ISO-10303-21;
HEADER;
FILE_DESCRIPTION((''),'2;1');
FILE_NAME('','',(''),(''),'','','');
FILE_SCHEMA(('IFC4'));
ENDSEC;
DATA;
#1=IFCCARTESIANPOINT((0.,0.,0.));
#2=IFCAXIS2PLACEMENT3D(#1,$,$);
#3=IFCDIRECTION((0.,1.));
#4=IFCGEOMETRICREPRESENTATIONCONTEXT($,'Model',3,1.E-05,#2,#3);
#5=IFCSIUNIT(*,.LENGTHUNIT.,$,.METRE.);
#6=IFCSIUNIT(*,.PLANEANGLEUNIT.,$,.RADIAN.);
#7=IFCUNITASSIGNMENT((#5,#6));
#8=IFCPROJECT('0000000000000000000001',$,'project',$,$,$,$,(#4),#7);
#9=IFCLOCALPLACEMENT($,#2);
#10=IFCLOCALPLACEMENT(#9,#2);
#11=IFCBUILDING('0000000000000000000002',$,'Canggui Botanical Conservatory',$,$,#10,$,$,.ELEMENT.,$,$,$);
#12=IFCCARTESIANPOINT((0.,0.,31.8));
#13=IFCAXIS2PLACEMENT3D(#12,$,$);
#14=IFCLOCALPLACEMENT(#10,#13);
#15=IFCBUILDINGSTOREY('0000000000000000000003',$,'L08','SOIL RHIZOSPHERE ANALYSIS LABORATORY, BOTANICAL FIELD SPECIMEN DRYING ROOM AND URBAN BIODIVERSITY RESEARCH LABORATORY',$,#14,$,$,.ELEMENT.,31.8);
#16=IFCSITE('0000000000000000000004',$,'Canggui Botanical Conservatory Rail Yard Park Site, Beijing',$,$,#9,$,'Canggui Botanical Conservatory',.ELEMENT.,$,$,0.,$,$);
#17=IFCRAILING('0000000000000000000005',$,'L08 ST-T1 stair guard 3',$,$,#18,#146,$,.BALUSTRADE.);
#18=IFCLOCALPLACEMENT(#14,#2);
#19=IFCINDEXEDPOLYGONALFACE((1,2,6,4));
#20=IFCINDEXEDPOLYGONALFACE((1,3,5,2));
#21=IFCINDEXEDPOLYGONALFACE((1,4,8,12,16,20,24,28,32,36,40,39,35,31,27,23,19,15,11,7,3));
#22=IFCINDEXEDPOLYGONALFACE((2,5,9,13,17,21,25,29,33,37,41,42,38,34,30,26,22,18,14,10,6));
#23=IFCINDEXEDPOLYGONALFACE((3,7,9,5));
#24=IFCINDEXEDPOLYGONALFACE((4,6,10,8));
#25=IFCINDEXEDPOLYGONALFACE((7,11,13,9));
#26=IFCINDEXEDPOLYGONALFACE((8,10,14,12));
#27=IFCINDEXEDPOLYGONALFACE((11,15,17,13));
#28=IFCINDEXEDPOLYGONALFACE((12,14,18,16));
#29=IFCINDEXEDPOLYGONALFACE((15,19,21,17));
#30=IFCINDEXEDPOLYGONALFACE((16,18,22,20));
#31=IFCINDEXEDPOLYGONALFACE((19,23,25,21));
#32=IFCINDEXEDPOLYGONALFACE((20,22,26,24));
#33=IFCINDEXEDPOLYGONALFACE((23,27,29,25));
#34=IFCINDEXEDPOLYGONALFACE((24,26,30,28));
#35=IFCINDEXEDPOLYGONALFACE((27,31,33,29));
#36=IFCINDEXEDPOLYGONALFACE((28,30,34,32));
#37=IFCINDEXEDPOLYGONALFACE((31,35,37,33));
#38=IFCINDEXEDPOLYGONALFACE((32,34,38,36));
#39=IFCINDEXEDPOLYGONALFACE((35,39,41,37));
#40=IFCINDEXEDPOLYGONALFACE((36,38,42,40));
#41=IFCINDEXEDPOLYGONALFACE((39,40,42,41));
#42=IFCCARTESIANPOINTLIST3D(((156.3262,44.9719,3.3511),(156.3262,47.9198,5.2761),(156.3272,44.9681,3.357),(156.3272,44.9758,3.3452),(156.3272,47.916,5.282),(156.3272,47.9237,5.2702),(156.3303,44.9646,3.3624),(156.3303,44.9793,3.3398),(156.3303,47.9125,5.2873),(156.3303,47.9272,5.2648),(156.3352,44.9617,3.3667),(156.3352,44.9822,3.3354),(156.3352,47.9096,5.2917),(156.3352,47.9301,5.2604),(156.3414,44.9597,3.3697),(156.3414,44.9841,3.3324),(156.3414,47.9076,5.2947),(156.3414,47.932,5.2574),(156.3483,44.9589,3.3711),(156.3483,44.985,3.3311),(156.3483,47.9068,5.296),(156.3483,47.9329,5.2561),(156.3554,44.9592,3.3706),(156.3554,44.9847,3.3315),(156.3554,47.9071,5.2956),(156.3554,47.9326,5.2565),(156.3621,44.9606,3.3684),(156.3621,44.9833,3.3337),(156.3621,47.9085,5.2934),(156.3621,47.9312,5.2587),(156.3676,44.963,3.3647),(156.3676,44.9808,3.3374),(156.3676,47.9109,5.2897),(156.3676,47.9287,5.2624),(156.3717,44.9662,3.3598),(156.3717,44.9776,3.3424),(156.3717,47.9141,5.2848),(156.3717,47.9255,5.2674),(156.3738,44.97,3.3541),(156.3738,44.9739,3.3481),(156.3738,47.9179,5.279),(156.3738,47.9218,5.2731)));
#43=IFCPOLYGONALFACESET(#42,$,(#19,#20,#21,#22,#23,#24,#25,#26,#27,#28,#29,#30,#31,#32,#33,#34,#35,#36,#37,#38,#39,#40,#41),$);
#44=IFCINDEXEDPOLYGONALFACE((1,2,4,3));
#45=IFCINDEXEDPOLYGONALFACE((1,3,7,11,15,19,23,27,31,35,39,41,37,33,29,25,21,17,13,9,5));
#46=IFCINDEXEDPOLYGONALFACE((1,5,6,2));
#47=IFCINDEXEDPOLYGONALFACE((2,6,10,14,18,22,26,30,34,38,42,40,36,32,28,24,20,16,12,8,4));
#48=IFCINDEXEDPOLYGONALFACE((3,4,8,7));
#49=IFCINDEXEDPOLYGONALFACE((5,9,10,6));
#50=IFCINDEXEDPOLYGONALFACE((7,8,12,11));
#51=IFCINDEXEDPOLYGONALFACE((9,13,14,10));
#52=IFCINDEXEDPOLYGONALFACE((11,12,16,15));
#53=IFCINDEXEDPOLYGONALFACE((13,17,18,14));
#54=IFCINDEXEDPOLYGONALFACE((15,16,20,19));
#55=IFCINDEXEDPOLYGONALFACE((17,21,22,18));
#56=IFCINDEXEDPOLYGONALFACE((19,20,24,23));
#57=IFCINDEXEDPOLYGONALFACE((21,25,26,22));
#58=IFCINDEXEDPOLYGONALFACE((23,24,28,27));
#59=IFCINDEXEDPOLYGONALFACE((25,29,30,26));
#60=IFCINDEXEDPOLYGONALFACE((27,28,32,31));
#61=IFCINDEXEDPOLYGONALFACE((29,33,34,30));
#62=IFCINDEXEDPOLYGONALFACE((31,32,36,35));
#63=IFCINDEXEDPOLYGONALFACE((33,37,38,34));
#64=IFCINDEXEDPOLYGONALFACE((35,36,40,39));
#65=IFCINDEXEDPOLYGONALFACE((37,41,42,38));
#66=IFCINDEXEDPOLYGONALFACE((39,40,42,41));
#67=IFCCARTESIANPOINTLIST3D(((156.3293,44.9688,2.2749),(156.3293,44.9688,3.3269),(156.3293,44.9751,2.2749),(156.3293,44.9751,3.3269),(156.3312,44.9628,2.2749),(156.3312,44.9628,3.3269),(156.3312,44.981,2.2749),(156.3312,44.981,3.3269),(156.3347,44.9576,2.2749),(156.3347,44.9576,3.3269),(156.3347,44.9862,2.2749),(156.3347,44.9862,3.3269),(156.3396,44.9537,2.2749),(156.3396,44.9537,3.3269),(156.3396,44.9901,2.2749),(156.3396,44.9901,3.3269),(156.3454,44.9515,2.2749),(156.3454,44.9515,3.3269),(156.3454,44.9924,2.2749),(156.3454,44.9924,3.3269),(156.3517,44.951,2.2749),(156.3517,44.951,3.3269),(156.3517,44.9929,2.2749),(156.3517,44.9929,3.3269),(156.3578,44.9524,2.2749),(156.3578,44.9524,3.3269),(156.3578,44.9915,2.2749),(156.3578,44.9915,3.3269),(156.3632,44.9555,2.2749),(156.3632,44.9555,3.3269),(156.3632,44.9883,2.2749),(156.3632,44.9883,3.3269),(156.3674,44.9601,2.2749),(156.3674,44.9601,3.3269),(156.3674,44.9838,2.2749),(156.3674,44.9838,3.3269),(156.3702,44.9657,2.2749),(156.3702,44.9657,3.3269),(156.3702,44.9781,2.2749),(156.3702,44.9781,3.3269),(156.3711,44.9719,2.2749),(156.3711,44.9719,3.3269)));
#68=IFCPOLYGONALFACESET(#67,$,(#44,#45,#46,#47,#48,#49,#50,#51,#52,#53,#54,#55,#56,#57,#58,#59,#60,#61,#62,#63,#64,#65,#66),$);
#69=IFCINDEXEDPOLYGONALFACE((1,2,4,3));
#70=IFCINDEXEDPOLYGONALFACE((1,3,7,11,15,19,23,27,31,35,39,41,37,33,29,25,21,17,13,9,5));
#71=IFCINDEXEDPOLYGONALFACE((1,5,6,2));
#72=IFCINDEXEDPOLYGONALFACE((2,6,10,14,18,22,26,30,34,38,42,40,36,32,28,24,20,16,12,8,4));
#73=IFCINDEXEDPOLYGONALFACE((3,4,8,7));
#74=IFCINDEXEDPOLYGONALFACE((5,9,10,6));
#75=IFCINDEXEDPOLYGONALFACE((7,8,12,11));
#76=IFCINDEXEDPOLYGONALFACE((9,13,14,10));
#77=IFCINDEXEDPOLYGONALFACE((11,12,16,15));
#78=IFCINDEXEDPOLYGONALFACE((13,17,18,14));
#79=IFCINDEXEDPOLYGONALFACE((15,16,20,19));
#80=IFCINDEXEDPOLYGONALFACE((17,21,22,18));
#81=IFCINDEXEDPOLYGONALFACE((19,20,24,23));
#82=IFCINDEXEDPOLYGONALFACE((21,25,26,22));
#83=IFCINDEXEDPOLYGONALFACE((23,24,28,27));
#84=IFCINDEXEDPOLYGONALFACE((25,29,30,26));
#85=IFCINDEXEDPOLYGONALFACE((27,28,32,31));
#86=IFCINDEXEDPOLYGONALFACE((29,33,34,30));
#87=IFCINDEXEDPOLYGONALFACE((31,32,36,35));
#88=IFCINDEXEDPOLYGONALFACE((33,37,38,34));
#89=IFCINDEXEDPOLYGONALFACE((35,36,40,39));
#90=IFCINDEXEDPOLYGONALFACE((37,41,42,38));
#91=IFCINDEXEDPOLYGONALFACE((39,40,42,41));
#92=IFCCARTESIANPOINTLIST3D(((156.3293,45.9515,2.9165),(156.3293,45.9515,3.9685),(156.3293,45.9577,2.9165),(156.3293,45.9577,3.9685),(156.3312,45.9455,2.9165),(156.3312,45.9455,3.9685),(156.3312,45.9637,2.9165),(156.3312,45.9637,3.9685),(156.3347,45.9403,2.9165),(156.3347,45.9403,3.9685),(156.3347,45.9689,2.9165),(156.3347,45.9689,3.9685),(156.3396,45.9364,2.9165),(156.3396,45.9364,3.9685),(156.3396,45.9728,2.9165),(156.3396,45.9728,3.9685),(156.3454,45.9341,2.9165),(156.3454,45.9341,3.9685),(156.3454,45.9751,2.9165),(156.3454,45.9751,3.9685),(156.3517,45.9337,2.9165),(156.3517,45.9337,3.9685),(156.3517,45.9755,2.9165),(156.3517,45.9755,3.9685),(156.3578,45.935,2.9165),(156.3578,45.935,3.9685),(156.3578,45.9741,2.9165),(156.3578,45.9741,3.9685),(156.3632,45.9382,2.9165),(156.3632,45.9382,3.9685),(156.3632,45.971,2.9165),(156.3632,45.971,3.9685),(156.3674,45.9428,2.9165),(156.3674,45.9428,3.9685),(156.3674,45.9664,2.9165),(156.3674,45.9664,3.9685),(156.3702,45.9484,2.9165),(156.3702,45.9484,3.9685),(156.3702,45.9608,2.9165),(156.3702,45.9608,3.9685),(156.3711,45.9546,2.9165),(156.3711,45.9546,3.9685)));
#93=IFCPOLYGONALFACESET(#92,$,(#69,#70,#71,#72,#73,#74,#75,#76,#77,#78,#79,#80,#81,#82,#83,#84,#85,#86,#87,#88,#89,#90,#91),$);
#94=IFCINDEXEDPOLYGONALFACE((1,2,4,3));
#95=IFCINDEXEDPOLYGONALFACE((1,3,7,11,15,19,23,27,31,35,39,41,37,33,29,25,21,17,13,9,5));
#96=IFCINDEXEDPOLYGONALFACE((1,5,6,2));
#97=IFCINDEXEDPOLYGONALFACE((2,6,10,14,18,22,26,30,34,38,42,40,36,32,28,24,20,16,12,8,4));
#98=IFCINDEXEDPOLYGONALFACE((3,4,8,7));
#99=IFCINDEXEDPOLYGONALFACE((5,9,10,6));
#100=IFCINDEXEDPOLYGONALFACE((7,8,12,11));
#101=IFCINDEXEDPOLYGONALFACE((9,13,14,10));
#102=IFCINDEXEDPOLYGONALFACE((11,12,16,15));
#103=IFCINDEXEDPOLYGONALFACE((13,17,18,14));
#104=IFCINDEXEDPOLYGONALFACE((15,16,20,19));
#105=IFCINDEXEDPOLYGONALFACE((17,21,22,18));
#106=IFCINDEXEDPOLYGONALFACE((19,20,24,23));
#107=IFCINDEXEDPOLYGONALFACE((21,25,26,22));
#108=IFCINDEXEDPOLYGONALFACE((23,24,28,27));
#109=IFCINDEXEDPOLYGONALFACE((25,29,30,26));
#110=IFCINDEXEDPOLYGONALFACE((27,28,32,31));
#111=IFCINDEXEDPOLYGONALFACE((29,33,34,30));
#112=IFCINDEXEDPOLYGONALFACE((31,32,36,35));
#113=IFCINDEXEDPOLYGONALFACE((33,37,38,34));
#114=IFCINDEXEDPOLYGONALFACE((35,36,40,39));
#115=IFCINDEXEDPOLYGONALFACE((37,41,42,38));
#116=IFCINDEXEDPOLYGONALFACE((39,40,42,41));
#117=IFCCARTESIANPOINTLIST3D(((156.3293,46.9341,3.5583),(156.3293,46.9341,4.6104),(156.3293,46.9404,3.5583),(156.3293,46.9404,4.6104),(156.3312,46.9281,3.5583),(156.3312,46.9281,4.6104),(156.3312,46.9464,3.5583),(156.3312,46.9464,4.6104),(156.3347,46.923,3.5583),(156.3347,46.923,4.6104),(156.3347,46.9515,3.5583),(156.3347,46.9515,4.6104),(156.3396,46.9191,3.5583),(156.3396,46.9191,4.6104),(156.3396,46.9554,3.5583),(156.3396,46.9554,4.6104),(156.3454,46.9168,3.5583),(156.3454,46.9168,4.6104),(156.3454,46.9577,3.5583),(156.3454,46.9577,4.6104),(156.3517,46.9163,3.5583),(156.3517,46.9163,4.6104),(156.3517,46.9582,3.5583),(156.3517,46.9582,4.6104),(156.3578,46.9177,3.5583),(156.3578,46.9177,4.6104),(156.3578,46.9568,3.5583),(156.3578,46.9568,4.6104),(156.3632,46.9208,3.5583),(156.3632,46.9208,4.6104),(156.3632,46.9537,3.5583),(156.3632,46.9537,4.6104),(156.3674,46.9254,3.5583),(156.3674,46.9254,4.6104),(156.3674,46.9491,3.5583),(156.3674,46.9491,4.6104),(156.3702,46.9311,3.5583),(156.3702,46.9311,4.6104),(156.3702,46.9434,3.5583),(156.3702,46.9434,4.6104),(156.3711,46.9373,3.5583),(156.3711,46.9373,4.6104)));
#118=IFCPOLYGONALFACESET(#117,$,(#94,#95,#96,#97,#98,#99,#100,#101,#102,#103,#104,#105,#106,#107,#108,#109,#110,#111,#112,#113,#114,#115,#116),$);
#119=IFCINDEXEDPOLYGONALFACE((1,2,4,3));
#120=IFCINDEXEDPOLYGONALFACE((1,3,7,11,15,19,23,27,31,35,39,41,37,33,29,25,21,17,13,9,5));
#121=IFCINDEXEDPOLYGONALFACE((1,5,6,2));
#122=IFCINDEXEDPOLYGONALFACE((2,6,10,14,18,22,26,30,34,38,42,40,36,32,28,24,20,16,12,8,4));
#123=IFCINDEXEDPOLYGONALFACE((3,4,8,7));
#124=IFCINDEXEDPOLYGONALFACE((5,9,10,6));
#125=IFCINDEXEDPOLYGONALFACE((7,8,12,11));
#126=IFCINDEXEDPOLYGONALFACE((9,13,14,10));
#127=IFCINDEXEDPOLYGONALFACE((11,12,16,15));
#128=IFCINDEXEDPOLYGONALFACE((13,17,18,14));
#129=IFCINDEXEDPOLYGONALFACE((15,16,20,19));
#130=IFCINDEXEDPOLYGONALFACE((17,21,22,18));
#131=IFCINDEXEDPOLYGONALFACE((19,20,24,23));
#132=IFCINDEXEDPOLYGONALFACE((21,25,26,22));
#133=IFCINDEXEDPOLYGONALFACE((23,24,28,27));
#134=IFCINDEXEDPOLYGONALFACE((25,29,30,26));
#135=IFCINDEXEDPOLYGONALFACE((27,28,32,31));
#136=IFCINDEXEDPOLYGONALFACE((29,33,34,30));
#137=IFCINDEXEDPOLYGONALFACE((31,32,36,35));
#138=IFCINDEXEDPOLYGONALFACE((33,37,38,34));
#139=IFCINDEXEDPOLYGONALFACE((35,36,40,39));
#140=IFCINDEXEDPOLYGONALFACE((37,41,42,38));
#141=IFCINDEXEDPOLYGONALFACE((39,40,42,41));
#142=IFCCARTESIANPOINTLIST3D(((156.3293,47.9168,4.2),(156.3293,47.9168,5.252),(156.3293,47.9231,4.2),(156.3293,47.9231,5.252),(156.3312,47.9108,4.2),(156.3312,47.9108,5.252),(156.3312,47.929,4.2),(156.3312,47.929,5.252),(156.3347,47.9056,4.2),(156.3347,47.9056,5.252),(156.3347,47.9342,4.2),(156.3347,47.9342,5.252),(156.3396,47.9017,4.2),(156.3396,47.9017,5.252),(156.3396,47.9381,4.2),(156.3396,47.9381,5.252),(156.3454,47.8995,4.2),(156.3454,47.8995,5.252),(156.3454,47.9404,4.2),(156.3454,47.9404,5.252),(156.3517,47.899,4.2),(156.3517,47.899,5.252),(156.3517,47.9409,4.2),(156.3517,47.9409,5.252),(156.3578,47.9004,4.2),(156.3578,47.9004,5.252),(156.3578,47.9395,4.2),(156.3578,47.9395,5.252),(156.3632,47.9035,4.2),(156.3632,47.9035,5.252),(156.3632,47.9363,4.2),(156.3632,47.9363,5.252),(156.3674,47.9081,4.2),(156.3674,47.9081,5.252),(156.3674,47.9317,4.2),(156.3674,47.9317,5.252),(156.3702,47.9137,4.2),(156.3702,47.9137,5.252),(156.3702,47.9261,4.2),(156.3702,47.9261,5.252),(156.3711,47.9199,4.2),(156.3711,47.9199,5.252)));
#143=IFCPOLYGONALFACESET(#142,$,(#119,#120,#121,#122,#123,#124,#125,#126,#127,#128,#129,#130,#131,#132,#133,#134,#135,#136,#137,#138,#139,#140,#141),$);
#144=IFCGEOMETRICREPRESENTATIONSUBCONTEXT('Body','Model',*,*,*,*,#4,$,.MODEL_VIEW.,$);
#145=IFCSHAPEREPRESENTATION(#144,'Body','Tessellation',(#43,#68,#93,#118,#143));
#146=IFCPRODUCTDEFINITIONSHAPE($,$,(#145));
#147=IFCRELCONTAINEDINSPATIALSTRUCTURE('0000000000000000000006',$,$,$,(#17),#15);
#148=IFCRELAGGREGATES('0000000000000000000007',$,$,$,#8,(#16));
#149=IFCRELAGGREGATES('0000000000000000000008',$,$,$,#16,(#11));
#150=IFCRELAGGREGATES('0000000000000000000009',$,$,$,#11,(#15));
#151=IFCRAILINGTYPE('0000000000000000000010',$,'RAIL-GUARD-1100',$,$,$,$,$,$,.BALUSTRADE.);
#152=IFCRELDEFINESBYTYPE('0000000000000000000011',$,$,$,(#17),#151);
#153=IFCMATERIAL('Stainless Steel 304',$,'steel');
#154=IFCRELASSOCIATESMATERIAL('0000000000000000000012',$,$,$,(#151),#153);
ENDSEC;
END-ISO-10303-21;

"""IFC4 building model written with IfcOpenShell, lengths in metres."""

from ifc_helpers import new_model, si_unit, direction, frame, origin, origin_2d, place, context, subcontext, project, spatial, circle, extrude, material, type_object, element, save


model = new_model("IFC4")

# Units and contexts
model_context = context("Model", 3, precision=1e-05, world=origin(), true_north=direction((0.0, 1.0)))
body_context = subcontext(model_context, "Body", "Model", "MODEL_VIEW")
ifc_project = project(units=[si_unit("LENGTHUNIT", "METRE"), si_unit("PLANEANGLEUNIT", "RADIAN")], contexts=[model_context])

# Site, building, storey
site_placement = place(None, origin())
site = spatial("IfcSite", under=ifc_project, at=site_placement, Name="Canggui Botanical Conservatory Rail Yard Park Site, Beijing", LongName="Canggui Botanical Conservatory", CompositionType="ELEMENT", RefElevation=0.0)
building_placement = place(site_placement, origin())
building = spatial("IfcBuilding", under=site, at=building_placement, Name="Canggui Botanical Conservatory", CompositionType="ELEMENT")
storey_placement = place(building_placement, frame((0.0, 0.0, 31.8)))
storey = spatial("IfcBuildingStorey", under=building, at=storey_placement, Name="L08", Description="SOIL RHIZOSPHERE ANALYSIS LABORATORY, BOTANICAL FIELD SPECIMEN DRYING ROOM AND URBAN BIODIVERSITY RESEARCH LABORATORY", CompositionType="ELEMENT", Elevation=31.8)

# Shared definitions
ifc_material_1 = material(Name="Stainless Steel 304", Category="steel")

# Railing
railing_type_1 = type_object("IfcRailingType", Name="RAIL-GUARD-1100", PredefinedType="BALUSTRADE", material=ifc_material_1)
railing_1_placement = place(storey_placement, frame((156.3501, 44.9719, 2.2749)))
element("IfcRailing", 1, at=railing_1_placement, inside=storey, type_object=railing_type_1, Name="L08 ST-T1 stair guard 3", PredefinedType="BALUSTRADE", context=body_context, shape_type="SweptSolid", body=[
    extrude(circle(Radius=0.0239, at=origin_2d()), frame((0.0, 0.0, 1.0762), z_axis=(0.0, 0.837293, 0.546754), x_axis=(-1.0, 0.0, 0.0)), (0.0, 0.0, 1.0), 3.5208),
    extrude(circle(Radius=0.021, at=origin_2d()), origin(), (0.0, 0.0, 1.0), 1.052),
    extrude(circle(Radius=0.021, at=origin_2d()), frame((0.0, 0.9827, 0.6416)), (0.0, 0.0, 1.0), 1.052),
    extrude(circle(Radius=0.021, at=origin_2d()), frame((0.0, 1.9653, 1.2834)), (0.0, 0.0, 1.0), 1.052),
    extrude(circle(Radius=0.021, at=origin_2d()), frame((0.0, 2.948, 1.925)), (0.0, 0.0, 1.0), 1.052),
])

save(model, "model.ifc")
